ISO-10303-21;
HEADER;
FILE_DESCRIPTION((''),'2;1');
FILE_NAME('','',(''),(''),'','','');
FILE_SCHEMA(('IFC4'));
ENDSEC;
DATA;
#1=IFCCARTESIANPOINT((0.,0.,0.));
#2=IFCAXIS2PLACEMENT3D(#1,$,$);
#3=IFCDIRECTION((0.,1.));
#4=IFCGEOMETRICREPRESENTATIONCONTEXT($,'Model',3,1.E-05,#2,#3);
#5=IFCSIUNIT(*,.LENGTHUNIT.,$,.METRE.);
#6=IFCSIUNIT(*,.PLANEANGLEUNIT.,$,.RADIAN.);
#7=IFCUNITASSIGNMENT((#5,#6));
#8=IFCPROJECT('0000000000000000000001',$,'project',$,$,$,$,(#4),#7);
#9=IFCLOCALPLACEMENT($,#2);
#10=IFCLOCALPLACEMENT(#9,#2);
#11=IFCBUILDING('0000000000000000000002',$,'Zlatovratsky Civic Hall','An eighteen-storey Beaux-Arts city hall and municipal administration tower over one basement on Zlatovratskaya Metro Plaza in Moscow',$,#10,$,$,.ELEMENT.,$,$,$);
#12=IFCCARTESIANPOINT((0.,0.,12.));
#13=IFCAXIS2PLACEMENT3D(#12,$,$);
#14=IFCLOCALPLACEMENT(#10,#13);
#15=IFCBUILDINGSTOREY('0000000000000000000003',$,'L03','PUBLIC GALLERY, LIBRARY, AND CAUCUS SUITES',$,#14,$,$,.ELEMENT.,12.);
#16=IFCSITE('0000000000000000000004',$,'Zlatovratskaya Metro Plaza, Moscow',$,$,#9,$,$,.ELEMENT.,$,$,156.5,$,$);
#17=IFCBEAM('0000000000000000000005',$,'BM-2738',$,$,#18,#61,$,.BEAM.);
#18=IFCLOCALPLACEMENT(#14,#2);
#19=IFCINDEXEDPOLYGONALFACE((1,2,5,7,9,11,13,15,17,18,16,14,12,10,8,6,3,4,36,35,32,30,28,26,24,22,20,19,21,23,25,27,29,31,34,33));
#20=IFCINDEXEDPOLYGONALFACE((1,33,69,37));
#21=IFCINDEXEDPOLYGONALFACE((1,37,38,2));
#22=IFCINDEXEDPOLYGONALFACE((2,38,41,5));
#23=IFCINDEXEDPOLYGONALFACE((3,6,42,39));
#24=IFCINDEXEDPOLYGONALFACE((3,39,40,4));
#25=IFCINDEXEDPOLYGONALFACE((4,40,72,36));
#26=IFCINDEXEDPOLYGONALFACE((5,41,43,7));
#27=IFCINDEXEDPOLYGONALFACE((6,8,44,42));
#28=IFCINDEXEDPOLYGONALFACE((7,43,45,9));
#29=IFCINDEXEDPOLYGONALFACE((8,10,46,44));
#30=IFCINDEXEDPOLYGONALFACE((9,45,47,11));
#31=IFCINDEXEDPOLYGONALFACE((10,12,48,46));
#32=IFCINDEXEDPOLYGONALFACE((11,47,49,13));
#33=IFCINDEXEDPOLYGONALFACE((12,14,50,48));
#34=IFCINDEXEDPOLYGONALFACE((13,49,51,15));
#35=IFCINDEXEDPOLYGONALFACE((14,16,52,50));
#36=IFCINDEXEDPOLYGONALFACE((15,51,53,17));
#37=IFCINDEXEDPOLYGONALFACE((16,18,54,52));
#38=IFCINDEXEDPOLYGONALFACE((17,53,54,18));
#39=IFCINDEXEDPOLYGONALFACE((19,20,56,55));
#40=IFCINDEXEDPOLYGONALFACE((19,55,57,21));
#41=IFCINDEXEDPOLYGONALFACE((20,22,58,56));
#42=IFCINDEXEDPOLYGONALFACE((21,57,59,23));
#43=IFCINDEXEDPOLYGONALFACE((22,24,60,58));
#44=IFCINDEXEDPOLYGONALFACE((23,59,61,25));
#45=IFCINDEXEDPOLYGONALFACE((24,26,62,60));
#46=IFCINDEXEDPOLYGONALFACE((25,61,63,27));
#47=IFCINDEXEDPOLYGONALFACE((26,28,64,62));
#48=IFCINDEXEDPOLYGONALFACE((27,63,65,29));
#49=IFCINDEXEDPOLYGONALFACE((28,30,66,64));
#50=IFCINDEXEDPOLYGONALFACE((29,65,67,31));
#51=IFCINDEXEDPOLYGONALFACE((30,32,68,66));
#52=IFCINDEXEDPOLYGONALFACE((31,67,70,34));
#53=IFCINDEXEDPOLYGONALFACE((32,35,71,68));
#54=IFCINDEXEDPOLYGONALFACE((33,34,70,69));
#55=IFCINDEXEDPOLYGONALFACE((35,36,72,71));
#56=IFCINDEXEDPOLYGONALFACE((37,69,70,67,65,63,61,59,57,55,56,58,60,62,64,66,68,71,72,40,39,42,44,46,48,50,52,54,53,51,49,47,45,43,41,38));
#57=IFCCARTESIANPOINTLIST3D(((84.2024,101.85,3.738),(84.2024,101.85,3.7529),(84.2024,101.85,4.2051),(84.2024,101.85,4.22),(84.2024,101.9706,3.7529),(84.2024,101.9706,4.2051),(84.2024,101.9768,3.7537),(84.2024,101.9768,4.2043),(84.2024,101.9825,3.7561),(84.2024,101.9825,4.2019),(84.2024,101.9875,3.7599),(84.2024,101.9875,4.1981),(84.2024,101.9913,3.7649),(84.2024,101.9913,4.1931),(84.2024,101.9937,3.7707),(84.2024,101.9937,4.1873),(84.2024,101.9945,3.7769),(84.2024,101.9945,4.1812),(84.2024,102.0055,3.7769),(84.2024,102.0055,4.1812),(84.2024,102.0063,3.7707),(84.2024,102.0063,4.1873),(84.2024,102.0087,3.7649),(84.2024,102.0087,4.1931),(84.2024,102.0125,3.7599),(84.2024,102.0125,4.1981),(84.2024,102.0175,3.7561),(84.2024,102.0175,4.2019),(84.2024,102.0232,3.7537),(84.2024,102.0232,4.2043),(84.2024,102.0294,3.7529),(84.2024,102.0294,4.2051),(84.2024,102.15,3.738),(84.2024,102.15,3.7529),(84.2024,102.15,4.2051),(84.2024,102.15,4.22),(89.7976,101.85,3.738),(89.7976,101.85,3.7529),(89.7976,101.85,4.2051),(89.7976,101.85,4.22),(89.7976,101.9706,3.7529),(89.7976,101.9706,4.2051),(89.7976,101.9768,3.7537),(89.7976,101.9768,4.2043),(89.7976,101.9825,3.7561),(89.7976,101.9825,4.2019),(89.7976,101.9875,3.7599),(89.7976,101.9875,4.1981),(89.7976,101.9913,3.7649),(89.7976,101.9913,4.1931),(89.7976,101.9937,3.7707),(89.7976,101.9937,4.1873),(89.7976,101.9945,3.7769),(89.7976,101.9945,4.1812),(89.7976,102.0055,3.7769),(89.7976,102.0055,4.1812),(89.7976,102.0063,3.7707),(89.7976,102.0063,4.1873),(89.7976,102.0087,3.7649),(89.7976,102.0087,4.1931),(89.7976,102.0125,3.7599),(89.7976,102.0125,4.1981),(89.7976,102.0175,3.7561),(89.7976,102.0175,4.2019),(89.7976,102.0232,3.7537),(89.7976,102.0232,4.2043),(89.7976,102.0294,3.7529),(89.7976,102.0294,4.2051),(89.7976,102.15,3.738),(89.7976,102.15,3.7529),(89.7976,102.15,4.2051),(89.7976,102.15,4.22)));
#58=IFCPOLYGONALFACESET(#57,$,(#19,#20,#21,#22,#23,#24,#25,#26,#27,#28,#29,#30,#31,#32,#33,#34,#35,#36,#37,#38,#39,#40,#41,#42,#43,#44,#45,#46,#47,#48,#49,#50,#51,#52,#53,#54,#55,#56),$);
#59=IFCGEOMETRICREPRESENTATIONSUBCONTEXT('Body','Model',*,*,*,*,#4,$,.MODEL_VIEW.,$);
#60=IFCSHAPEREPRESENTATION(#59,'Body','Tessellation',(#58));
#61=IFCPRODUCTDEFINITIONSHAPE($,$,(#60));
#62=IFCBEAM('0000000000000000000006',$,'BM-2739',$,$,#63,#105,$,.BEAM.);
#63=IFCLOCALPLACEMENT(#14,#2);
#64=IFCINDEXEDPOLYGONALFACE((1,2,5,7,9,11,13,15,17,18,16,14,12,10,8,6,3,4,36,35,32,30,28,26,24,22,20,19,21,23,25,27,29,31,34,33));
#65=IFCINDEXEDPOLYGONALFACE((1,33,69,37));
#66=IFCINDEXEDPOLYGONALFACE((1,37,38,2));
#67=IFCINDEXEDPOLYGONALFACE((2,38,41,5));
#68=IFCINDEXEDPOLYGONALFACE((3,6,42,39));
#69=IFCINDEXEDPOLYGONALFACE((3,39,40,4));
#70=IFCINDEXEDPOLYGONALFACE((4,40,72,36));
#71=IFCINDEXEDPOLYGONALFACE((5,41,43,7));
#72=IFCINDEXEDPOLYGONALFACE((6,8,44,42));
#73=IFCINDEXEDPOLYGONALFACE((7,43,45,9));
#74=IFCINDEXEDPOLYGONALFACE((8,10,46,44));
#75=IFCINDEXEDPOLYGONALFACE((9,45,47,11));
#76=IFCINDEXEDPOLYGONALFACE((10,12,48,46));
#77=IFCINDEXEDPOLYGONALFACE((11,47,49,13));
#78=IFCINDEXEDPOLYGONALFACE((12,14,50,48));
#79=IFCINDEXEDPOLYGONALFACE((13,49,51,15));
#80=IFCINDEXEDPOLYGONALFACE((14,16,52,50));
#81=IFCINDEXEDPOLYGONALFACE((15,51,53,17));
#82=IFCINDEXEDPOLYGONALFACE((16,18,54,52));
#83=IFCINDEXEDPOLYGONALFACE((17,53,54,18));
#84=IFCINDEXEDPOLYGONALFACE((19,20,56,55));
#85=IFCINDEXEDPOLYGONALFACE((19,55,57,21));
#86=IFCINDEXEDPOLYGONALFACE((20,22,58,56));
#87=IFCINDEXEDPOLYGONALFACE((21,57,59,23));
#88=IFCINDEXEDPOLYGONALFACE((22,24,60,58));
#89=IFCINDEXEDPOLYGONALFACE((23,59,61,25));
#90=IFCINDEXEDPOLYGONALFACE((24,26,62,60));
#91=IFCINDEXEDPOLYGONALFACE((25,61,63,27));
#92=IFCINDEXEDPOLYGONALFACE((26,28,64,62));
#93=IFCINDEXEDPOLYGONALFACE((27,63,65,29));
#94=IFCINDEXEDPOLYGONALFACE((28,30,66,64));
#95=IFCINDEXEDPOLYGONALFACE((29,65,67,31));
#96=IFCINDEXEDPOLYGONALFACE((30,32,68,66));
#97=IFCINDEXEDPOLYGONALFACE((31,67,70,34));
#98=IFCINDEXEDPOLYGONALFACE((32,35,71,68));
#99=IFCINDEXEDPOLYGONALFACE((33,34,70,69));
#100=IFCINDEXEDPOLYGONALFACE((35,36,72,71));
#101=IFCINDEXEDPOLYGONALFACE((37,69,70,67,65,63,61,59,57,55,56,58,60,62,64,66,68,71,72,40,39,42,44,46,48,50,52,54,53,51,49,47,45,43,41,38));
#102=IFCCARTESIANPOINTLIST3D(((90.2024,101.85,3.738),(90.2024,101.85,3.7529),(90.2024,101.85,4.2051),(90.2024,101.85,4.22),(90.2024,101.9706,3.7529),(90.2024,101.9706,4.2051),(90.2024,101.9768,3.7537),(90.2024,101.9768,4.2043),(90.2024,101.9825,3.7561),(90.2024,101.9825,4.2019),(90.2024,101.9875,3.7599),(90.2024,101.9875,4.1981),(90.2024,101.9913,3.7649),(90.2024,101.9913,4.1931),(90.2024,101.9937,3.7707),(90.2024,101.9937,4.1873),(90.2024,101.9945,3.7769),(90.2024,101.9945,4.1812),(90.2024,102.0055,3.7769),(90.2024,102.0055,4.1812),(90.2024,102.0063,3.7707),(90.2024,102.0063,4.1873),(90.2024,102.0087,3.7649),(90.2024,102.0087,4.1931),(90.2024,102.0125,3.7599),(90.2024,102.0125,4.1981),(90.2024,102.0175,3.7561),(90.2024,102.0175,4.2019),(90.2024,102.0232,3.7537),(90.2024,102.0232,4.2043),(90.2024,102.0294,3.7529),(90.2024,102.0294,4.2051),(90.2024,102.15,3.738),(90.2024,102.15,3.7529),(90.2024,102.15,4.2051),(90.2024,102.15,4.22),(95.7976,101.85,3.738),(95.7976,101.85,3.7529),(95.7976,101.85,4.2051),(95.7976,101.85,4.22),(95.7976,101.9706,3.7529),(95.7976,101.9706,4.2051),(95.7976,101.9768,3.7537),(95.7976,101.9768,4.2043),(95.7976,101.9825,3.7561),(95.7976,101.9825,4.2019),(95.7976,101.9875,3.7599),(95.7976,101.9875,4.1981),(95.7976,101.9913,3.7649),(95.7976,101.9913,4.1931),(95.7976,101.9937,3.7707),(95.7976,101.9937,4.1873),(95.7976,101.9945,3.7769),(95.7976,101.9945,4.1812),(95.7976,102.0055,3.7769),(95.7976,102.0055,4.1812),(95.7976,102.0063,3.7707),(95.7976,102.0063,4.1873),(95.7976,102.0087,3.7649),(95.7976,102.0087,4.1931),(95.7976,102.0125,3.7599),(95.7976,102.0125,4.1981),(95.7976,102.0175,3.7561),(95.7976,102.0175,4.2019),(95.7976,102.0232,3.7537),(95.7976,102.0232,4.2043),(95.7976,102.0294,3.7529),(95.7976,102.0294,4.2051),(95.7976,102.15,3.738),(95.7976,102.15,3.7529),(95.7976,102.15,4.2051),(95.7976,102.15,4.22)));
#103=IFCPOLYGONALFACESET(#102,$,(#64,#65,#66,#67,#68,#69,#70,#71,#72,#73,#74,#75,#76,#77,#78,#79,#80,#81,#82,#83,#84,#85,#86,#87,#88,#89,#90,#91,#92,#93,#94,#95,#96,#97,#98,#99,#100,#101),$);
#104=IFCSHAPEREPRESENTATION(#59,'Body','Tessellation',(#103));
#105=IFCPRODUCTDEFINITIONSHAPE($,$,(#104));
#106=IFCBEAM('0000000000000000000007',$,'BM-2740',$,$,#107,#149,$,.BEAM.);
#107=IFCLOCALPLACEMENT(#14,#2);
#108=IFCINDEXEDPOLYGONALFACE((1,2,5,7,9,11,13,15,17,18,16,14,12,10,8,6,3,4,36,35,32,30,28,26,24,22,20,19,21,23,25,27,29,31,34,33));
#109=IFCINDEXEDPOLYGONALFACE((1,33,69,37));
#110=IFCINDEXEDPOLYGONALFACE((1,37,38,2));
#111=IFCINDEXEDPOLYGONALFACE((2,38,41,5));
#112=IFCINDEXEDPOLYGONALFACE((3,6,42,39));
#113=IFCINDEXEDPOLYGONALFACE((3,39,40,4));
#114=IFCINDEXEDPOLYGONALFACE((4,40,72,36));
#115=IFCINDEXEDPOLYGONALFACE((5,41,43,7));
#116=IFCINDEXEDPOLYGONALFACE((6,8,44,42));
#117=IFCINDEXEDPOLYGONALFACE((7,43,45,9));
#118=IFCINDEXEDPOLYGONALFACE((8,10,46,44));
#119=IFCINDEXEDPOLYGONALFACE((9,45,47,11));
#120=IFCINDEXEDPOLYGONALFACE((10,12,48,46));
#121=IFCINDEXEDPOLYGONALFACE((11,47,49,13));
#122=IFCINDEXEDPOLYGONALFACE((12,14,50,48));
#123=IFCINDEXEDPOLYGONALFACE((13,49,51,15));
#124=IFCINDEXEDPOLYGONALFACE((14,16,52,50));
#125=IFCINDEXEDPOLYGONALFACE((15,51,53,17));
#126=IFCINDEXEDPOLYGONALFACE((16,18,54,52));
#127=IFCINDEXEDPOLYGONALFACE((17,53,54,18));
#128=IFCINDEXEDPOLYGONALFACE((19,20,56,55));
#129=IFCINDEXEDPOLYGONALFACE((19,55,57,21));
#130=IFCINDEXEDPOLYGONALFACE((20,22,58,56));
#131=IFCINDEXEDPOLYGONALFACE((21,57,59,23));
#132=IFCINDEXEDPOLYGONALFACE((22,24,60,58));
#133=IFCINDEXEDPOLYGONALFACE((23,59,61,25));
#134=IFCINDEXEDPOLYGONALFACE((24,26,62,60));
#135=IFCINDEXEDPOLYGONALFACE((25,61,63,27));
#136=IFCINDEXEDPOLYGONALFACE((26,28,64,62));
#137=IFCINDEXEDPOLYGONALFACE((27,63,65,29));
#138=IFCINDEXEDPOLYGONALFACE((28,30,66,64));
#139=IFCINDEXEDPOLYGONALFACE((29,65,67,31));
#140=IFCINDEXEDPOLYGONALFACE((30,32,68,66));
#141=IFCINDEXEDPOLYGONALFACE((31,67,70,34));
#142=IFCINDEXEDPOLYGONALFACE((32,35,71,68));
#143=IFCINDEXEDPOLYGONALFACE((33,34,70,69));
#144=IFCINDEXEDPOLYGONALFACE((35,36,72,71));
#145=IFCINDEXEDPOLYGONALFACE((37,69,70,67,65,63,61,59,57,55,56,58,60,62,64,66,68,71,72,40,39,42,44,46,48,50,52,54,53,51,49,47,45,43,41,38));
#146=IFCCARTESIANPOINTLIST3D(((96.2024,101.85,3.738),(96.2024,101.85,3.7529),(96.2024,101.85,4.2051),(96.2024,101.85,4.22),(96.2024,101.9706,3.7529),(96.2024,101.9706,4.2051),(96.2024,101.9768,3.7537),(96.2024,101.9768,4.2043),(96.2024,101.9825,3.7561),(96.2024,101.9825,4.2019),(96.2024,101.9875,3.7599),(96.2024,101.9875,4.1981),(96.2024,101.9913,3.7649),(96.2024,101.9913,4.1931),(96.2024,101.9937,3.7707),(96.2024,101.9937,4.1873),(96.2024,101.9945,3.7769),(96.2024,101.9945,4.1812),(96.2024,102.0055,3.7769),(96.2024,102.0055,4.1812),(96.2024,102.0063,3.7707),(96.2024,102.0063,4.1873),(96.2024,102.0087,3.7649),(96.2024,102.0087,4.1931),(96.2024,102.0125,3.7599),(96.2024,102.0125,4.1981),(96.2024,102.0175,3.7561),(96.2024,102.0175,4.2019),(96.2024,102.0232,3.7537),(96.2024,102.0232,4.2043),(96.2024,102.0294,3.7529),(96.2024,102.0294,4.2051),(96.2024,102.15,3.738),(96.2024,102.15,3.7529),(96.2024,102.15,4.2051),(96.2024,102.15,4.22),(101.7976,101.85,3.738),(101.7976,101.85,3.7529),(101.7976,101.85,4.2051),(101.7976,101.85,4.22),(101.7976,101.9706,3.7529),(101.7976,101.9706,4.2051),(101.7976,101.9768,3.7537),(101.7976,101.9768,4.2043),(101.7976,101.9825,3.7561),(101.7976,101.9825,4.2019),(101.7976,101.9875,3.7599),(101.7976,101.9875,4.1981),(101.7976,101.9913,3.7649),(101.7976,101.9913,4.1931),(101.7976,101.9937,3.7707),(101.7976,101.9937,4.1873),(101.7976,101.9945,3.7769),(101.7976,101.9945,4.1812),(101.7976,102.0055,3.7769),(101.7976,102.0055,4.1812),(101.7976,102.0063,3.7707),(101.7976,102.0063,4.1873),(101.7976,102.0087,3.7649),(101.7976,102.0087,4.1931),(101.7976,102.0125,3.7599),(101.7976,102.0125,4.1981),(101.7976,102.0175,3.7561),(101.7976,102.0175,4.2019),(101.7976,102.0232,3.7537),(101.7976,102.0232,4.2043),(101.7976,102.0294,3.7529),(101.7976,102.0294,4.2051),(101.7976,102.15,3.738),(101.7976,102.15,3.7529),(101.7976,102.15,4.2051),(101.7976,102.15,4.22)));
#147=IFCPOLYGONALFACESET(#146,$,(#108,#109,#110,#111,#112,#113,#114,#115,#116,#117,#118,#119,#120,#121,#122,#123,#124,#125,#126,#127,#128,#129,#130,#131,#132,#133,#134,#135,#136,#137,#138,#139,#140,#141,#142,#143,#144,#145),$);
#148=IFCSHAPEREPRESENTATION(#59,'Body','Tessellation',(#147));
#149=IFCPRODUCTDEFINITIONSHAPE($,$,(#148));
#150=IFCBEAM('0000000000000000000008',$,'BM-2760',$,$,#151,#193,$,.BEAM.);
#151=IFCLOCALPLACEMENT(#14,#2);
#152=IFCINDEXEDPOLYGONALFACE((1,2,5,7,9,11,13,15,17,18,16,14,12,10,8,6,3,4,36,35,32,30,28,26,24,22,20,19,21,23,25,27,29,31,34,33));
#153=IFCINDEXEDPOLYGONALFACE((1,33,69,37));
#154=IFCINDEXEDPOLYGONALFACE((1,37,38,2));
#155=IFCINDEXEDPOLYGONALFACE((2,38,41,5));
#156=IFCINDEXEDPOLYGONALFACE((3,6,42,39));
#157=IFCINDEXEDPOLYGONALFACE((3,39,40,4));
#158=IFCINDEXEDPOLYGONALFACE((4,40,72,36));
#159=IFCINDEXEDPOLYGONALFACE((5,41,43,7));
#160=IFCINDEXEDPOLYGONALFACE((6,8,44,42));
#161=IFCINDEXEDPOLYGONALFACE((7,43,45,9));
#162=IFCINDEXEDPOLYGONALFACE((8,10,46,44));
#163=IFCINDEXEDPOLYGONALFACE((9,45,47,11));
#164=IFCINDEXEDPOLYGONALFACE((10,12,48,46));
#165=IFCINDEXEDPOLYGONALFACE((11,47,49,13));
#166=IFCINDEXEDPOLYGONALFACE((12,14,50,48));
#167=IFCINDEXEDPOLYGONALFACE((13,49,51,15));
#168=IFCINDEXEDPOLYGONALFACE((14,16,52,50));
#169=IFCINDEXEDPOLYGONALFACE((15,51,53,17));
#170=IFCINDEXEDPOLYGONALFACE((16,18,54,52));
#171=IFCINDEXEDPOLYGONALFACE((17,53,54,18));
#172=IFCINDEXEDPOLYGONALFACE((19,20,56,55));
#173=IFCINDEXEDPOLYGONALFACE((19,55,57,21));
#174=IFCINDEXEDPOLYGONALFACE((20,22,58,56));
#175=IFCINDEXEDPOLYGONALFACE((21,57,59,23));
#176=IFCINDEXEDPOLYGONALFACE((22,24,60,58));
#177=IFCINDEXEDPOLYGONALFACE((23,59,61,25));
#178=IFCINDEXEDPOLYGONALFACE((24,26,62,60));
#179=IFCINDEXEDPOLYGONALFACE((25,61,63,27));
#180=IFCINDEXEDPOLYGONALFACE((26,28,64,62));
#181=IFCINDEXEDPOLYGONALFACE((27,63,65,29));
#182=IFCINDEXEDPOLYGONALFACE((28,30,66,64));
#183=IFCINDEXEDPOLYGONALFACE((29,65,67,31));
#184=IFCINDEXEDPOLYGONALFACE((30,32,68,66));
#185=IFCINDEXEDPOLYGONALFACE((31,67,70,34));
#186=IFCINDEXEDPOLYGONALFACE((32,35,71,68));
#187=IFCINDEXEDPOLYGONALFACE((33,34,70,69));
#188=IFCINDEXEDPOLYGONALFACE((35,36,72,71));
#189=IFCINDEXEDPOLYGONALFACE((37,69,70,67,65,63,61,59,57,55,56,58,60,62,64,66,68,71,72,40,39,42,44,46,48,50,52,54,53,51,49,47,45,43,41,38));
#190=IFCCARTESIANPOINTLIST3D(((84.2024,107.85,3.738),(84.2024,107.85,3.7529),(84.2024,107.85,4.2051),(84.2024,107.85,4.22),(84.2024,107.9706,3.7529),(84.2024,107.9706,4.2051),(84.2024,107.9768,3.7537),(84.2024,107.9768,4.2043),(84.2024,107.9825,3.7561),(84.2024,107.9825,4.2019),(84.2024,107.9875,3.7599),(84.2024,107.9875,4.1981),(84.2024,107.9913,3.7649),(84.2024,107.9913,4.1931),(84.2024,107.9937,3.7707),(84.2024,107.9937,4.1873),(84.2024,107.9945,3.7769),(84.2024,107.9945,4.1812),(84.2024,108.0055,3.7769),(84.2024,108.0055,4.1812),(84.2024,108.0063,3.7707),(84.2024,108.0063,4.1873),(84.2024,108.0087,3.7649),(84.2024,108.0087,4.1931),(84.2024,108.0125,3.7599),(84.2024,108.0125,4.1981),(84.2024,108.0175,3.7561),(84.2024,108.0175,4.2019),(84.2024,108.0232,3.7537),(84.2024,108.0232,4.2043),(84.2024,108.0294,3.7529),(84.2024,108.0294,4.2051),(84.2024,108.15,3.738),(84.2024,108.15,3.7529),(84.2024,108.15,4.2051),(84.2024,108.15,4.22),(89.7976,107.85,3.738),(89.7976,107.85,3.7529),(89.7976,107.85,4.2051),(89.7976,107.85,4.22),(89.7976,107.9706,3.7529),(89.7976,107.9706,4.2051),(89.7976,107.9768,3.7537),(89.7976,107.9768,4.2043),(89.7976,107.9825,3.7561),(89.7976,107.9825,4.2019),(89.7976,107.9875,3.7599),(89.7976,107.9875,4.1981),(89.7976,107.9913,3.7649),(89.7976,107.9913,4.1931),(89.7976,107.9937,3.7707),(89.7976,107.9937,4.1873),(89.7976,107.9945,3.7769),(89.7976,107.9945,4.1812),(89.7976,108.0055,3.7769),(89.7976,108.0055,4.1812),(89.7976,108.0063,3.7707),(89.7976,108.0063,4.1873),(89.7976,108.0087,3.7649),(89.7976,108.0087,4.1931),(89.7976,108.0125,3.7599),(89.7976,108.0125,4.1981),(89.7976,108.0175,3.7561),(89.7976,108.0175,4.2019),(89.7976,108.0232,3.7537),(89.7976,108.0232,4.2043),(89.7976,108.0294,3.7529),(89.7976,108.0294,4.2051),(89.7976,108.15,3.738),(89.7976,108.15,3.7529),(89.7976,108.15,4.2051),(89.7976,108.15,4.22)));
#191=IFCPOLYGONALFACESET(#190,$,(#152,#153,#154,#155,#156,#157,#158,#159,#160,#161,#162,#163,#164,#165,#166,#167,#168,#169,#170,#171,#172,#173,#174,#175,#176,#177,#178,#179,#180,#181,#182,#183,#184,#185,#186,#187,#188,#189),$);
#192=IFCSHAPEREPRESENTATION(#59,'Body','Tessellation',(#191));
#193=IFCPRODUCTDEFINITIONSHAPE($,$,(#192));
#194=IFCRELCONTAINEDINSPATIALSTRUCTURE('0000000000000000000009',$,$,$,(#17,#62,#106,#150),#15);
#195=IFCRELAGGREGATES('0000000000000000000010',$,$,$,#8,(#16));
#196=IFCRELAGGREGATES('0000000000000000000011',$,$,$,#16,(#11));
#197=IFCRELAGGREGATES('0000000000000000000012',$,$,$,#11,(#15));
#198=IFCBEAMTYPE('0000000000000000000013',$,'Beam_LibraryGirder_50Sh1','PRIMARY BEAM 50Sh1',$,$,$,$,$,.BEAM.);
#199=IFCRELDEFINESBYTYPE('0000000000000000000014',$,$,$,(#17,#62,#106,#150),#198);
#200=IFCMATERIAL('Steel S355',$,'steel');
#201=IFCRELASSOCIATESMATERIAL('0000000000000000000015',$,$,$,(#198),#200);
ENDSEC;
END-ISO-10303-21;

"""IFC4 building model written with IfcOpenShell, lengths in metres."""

from ifc_helpers import new_model, si_unit, direction, frame, origin, origin_2d, place, context, subcontext, project, spatial, i_section, extrude, material, material_profile, profile_set, type_object, element, save


model = new_model("IFC4")

# Units and contexts
model_context = context("Model", 3, precision=1e-05, world=origin(), true_north=direction((0.0, 1.0)))
body_context = subcontext(model_context, "Body", "Model", "MODEL_VIEW")
ifc_project = project(units=[si_unit("LENGTHUNIT", "METRE"), si_unit("PLANEANGLEUNIT", "RADIAN")], contexts=[model_context])

# Site, building, storey
site_placement = place(None, origin())
site = spatial("IfcSite", under=ifc_project, at=site_placement, Name="Zlatovratskaya Metro Plaza, Moscow", CompositionType="ELEMENT", RefElevation=156.5)
building_placement = place(site_placement, origin())
building = spatial("IfcBuilding", under=site, at=building_placement, Name="Zlatovratsky Civic Hall", Description="An eighteen-storey Beaux-Arts city hall and municipal administration tower over one basement on Zlatovratskaya Metro Plaza in Moscow", CompositionType="ELEMENT")
storey_placement = place(building_placement, frame((0.0, 0.0, 12.0)))
storey = spatial("IfcBuildingStorey", under=building, at=storey_placement, Name="L03", Description="PUBLIC GALLERY, LIBRARY, AND CAUCUS SUITES", CompositionType="ELEMENT", Elevation=12.0)

# Shared definitions
ifc_material_1 = material(Name="Steel S355", Category="steel")

# Beams
ifc_material_profile_1 = material_profile(ifc_material_1, i_section(OverallWidth=0.3, OverallDepth=0.4819, WebThickness=0.011, FlangeThickness=0.0149, FilletRadius=0.0239, at=origin_2d()), Name="50Sh1")
ifc_profile_set_1 = profile_set([ifc_material_profile_1], Name="Steel S355")
beam_type_1 = type_object("IfcBeamType", Name="Beam_LibraryGirder_50Sh1", Description="PRIMARY BEAM 50Sh1", PredefinedType="BEAM", material=ifc_profile_set_1)
for number, where, z_axis, x_axis, name in (
    (1, (84.2024, 102.0, 3.979), (1.0, 0.0, 0.0), (0.0, 1.0, 0.0), "BM-2738"),
    (2, (90.2024, 102.0, 3.979), (1.0, 0.0, 0.0), (0.0, 1.0, 0.0), "BM-2739"),
    (3, (96.2024, 102.0, 3.979), (1.0, 0.0, 0.0), (0.0, 1.0, 0.0), "BM-2740"),
    (4, (84.2024, 108.0, 3.979), (1.0, 0.0, 0.0), (0.0, 1.0, 0.0), "BM-2760"),
):
    element("IfcBeam", number, at=place(storey_placement, frame(where, z_axis=z_axis, x_axis=x_axis)), inside=storey, type_object=beam_type_1, Name=name, PredefinedType="BEAM", context=body_context, shape_type="SweptSolid", body=[
        extrude(i_section(OverallWidth=0.3, OverallDepth=0.4819, WebThickness=0.011, FlangeThickness=0.0149, FilletRadius=0.0239, at=origin_2d()), origin(), (0.0, 0.0, 1.0), 5.5952),
    ])

save(model, "model.ifc")
